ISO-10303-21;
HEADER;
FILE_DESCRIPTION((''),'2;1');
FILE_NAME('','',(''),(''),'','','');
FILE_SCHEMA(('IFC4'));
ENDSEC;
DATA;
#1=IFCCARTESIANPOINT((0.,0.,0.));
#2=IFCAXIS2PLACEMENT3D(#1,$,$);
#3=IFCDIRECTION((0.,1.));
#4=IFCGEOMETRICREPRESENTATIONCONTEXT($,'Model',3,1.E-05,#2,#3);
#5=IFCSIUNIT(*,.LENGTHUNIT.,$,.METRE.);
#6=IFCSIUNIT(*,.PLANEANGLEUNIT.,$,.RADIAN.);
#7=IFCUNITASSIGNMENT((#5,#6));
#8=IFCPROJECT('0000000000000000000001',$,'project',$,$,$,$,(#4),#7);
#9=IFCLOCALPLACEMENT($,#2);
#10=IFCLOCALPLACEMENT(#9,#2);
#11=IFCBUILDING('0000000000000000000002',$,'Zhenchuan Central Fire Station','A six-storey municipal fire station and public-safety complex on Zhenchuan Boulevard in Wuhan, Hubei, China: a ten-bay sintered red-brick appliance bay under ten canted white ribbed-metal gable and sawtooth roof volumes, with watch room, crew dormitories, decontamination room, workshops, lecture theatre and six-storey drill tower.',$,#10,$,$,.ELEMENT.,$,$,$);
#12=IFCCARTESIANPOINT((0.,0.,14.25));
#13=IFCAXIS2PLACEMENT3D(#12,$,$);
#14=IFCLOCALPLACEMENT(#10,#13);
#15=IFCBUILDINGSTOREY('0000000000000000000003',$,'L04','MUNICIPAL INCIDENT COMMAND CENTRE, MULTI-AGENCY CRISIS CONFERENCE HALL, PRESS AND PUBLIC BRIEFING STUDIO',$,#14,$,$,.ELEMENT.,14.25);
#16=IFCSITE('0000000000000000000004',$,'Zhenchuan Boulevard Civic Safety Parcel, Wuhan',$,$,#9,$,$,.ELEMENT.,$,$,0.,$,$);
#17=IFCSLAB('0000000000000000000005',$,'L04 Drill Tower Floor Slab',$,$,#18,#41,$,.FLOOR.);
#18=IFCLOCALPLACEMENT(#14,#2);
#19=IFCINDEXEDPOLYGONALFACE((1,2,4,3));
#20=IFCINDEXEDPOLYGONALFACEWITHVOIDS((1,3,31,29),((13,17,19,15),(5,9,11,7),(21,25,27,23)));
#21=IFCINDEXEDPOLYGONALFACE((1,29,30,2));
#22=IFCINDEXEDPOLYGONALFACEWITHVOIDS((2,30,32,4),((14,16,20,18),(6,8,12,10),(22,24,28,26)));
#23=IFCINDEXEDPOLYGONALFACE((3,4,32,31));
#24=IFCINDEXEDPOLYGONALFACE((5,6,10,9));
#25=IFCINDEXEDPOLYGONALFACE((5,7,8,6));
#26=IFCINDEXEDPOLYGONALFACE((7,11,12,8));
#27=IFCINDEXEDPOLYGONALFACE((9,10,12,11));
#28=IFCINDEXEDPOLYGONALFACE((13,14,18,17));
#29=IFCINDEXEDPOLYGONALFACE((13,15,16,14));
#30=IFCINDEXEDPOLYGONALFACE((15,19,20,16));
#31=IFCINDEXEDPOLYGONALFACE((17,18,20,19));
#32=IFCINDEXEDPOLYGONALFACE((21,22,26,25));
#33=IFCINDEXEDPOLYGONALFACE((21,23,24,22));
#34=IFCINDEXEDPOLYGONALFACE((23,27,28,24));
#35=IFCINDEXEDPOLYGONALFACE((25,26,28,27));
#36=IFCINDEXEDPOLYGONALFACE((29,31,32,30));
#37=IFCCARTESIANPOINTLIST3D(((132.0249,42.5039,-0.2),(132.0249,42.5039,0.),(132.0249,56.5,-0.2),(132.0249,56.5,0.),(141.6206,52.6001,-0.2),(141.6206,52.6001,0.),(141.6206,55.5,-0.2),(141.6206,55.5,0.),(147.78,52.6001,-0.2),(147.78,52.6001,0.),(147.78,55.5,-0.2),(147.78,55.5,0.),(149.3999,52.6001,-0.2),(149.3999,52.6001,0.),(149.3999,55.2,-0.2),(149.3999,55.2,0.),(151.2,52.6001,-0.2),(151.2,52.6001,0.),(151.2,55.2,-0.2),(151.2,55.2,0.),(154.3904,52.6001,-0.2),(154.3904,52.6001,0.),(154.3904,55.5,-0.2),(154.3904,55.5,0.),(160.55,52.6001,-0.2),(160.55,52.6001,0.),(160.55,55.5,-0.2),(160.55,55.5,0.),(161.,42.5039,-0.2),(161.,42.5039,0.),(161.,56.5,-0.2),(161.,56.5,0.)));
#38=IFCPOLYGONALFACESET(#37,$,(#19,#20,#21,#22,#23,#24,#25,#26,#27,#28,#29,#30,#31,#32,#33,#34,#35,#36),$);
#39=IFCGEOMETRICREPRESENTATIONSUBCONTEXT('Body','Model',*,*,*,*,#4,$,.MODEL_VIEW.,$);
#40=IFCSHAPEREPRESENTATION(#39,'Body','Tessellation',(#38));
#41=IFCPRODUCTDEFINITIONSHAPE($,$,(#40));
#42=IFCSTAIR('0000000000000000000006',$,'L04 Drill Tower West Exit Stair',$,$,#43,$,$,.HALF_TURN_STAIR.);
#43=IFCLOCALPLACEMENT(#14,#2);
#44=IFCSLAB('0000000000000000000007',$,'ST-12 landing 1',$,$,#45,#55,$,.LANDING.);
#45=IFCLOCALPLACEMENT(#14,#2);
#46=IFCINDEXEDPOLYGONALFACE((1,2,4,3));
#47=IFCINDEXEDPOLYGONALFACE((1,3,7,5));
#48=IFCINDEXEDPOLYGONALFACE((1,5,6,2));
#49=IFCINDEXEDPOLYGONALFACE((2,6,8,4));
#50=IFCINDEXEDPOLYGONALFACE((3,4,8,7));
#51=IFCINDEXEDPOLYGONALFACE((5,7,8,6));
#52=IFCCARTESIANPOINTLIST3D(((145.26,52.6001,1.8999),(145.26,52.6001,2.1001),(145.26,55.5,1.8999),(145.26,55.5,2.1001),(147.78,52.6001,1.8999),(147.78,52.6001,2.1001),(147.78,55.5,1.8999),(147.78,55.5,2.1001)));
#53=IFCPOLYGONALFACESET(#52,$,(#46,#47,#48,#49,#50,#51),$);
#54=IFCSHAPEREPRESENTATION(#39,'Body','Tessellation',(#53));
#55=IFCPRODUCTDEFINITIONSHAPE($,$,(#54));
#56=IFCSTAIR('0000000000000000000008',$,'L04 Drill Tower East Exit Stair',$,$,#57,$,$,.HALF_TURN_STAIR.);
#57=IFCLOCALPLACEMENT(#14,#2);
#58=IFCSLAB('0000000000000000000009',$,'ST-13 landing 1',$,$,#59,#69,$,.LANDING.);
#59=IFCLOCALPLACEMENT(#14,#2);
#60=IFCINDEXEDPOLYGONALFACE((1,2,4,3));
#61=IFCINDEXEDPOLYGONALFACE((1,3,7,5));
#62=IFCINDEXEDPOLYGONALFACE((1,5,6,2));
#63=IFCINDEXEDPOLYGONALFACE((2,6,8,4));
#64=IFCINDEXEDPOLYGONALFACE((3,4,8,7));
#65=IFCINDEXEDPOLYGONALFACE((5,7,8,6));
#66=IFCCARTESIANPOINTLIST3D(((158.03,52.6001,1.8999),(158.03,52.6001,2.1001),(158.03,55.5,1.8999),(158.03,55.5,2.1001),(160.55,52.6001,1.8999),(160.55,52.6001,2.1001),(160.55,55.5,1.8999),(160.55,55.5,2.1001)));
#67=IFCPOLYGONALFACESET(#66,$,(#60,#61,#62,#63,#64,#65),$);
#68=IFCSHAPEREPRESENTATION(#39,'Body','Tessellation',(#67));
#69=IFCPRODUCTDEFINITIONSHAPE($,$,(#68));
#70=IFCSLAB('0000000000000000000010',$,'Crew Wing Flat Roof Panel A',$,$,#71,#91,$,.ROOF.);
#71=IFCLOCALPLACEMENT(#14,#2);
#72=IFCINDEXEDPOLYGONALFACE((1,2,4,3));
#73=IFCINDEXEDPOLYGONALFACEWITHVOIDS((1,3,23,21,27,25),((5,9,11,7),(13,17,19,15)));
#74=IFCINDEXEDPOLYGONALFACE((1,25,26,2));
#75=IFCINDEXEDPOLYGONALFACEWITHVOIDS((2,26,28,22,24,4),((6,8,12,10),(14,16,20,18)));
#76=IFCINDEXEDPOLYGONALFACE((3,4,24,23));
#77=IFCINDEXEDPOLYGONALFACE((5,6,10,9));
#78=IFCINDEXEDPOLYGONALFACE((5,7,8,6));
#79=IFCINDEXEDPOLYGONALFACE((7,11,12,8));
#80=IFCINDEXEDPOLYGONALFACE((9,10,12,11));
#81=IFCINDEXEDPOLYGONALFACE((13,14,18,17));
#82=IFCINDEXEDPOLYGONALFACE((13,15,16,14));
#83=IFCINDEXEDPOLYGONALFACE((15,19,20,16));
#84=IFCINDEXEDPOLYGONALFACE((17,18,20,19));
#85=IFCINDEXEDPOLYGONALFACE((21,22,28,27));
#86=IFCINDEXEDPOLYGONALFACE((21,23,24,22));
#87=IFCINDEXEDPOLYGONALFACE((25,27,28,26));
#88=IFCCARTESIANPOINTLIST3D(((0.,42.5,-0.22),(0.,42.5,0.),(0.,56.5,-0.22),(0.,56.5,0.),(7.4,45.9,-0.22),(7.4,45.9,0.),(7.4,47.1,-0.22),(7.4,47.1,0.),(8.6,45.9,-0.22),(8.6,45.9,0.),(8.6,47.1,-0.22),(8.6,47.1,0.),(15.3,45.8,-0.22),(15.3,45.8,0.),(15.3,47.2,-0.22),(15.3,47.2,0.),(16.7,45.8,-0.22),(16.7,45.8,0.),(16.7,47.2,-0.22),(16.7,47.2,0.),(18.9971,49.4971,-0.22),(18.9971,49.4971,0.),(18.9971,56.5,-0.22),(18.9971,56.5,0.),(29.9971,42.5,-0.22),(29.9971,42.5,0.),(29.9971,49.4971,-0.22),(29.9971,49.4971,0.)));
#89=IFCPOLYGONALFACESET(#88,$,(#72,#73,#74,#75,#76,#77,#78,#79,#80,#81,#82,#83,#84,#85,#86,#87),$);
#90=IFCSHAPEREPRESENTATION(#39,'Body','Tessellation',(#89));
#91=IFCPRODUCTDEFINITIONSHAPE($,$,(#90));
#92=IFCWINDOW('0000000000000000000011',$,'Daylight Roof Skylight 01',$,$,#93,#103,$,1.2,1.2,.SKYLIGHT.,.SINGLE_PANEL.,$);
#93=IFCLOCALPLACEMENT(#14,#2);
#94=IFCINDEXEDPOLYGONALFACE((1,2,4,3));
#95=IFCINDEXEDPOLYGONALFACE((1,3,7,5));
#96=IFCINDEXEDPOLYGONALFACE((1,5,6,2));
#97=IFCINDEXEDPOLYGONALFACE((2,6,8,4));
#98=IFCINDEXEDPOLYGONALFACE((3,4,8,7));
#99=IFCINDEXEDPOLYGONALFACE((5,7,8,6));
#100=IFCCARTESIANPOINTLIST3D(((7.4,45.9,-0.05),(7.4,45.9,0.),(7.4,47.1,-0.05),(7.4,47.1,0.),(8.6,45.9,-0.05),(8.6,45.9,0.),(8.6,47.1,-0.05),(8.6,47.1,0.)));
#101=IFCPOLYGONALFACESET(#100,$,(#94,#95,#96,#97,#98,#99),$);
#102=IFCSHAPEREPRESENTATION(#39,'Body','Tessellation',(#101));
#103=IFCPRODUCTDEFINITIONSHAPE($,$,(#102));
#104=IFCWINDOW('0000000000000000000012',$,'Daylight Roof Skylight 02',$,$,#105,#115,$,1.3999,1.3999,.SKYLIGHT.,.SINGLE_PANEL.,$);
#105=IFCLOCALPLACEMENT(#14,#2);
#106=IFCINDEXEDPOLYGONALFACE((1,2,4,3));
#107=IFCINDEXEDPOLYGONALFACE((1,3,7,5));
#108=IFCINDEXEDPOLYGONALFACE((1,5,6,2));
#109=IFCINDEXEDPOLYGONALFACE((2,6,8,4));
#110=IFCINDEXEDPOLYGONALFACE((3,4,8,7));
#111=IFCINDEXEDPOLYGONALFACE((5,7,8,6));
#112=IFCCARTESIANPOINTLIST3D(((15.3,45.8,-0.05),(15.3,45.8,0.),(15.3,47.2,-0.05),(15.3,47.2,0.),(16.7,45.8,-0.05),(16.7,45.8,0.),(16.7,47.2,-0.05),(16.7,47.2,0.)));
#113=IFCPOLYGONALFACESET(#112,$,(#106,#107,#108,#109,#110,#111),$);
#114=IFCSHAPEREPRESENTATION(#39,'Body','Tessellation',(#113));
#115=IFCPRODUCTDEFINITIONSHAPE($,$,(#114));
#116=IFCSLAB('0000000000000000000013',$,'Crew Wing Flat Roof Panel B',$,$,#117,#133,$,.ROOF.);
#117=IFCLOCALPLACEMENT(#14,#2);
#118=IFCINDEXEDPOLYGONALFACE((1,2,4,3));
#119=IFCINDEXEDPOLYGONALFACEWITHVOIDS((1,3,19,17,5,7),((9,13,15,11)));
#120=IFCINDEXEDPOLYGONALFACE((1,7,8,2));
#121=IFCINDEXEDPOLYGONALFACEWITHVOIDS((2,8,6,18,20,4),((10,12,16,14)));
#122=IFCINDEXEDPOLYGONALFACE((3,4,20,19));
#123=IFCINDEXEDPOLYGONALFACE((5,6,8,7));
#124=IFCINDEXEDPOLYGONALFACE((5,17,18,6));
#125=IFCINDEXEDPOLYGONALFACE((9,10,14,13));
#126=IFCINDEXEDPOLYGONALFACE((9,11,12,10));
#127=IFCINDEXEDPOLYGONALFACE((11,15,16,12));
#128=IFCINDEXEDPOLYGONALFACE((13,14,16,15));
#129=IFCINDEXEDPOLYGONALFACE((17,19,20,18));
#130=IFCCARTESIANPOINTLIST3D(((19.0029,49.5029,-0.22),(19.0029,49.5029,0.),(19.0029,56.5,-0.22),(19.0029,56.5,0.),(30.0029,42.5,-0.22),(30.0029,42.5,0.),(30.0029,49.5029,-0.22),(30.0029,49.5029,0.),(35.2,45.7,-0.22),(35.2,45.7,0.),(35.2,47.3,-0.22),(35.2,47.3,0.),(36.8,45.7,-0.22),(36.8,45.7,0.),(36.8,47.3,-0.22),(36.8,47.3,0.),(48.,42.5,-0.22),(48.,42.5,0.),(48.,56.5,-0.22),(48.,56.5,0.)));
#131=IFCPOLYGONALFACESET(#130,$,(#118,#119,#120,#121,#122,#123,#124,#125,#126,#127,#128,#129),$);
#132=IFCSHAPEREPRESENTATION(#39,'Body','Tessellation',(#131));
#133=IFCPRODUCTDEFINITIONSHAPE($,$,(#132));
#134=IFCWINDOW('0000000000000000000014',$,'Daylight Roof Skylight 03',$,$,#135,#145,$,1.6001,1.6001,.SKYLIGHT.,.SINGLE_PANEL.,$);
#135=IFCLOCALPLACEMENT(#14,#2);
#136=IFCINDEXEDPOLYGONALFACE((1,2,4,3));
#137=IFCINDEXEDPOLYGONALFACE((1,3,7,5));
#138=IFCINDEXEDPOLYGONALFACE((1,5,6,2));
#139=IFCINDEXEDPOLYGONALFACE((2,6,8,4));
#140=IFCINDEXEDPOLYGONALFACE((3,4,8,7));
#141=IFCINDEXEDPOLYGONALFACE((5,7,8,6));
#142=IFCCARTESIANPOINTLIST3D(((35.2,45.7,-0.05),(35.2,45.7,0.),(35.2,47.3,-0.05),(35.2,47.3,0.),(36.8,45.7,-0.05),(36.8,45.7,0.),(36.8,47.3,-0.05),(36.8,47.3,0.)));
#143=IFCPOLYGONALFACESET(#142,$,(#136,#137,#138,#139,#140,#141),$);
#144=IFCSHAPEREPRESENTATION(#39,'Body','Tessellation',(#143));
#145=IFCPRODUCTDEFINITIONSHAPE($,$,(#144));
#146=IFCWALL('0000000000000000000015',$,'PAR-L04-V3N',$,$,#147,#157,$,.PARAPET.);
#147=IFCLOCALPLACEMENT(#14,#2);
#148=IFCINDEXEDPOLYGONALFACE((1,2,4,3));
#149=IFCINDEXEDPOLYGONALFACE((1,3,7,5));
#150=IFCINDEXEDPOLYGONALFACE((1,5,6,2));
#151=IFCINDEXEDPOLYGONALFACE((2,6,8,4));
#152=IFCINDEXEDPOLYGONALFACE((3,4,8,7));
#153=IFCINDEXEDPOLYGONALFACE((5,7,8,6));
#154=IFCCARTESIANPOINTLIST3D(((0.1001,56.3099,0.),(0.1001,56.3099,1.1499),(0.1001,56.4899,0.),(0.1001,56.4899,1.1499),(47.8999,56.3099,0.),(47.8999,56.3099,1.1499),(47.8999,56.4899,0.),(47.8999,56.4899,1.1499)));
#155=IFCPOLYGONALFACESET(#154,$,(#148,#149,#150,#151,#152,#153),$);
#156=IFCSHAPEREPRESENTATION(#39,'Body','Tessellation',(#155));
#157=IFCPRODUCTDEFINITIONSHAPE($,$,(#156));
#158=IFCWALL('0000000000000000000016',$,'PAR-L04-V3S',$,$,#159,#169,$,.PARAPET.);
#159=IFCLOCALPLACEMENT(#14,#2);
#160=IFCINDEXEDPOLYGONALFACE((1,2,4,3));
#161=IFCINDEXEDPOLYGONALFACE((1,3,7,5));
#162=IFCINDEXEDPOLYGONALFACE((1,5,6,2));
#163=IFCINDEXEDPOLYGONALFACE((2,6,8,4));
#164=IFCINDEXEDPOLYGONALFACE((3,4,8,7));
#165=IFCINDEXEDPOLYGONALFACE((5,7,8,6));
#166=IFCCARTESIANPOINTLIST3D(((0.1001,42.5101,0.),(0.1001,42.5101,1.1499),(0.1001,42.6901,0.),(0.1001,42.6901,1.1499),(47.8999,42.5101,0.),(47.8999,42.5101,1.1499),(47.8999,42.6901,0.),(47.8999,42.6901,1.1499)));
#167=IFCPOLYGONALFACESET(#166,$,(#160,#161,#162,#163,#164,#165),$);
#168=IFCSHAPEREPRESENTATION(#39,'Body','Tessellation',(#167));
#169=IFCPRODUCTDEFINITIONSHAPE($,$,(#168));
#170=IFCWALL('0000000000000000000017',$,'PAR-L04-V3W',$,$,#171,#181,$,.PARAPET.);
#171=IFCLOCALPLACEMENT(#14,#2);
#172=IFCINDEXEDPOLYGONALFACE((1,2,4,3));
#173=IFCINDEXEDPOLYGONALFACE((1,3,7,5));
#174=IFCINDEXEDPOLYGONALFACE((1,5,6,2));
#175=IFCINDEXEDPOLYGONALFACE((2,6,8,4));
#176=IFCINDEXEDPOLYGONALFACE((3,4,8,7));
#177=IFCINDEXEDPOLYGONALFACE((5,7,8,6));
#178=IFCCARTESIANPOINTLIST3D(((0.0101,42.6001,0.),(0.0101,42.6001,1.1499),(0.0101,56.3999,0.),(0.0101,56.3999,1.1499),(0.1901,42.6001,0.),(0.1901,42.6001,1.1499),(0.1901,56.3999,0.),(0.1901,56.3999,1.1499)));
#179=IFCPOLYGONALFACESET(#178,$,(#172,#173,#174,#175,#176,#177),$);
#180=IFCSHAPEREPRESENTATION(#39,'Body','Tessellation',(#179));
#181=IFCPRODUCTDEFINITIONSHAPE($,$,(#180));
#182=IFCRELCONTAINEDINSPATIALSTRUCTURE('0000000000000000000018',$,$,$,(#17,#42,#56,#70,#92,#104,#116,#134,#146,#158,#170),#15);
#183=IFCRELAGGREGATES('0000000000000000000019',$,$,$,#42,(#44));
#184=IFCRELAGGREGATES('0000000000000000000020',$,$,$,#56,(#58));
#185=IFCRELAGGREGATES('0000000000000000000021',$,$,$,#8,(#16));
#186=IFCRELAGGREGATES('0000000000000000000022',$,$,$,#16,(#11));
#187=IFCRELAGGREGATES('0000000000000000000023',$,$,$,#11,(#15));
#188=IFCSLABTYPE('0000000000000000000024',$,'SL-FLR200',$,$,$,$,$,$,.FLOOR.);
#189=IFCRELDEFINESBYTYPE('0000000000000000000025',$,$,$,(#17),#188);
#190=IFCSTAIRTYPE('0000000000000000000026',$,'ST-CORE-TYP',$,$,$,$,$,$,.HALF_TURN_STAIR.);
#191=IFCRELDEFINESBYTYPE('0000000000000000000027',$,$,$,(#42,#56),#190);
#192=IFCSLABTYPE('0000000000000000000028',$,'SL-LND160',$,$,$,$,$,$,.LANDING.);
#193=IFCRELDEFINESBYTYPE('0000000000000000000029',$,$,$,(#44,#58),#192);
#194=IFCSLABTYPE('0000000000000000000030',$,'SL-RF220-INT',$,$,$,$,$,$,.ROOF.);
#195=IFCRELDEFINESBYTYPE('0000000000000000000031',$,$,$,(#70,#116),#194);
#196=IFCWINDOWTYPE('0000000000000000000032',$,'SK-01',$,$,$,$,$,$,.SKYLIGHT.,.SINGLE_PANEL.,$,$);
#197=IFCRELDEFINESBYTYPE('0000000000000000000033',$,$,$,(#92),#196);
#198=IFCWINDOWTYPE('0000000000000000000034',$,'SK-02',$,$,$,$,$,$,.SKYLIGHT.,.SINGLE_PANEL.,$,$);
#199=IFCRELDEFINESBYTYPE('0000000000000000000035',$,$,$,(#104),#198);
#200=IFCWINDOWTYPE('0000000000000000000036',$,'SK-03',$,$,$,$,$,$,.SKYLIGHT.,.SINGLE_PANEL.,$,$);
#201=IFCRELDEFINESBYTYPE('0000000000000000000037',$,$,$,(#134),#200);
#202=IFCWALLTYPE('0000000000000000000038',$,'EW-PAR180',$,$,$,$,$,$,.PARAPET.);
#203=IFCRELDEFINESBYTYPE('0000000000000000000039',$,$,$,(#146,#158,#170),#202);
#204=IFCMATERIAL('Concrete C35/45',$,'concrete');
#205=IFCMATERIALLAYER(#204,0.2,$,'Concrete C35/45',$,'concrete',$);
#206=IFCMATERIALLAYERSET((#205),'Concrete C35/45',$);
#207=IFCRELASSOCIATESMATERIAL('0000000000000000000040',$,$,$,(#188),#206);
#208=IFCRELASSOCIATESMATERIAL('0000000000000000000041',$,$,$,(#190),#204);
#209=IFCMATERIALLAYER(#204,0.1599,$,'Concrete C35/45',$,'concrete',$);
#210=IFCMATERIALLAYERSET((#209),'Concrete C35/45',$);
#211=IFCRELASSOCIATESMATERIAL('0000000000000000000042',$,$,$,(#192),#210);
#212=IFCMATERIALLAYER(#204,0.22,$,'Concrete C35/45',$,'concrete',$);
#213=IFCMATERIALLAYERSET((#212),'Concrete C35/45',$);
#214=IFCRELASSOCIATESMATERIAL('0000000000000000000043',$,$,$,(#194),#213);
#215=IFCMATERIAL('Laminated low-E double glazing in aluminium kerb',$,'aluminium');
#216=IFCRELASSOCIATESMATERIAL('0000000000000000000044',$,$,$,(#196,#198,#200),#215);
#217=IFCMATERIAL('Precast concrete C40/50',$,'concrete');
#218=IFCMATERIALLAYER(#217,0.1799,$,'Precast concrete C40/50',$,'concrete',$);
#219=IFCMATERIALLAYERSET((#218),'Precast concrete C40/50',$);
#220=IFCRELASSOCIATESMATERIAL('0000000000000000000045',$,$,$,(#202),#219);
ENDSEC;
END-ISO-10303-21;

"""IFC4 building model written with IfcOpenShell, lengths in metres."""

from ifc_helpers import new_model, si_unit, direction, frame, frame_2d, origin, origin_2d, place, context, subcontext, project, spatial, polyline, rectangle, outline, extrude, material, layer, layer_set, type_object, element, fill, aggregate, save


model = new_model("IFC4")

# Units and contexts
model_context = context("Model", 3, precision=1e-05, world=origin(), true_north=direction((0.0, 1.0)))
body_context = subcontext(model_context, "Body", "Model", "MODEL_VIEW")
ifc_project = project(units=[si_unit("LENGTHUNIT", "METRE"), si_unit("PLANEANGLEUNIT", "RADIAN")], contexts=[model_context])

# Site, building, storey
site_placement = place(None, origin())
site = spatial("IfcSite", under=ifc_project, at=site_placement, Name="Zhenchuan Boulevard Civic Safety Parcel, Wuhan", CompositionType="ELEMENT", RefElevation=0.0)
building_placement = place(site_placement, origin())
building = spatial("IfcBuilding", under=site, at=building_placement, Name="Zhenchuan Central Fire Station", Description="A six-storey municipal fire station and public-safety complex on Zhenchuan Boulevard in Wuhan, Hubei, China: a ten-bay sintered red-brick appliance bay under ten canted white ribbed-metal gable and sawtooth roof volumes, with watch room, crew dormitories, decontamination room, workshops, lecture theatre and six-storey drill tower.", CompositionType="ELEMENT")
storey_placement = place(building_placement, frame((0.0, 0.0, 14.25)))
storey = spatial("IfcBuildingStorey", under=building, at=storey_placement, Name="L04", Description="MUNICIPAL INCIDENT COMMAND CENTRE, MULTI-AGENCY CRISIS CONFERENCE HALL, PRESS AND PUBLIC BRIEFING STUDIO", CompositionType="ELEMENT", Elevation=14.25)

# Slab
ifc_material_1 = material(Name="Concrete C35/45", Category="concrete")
ifc_layer_1 = layer(ifc_material_1, 0.2, Name="Concrete C35/45", Category="concrete")
ifc_layer_set_1 = layer_set([ifc_layer_1], Name="Concrete C35/45")
slab_type_1 = type_object("IfcSlabType", Name="SL-FLR200", PredefinedType="FLOOR", material=ifc_layer_set_1)
slab_1_placement = place(storey_placement, frame((0.0, 0.0, -0.2)))
element("IfcSlab", 1, at=slab_1_placement, inside=storey, type_object=slab_type_1, Name="L04 Drill Tower Floor Slab", PredefinedType="FLOOR", context=body_context, shape_type="SweptSolid", body=[
    extrude(outline(polyline([(132.0249, 42.5039), (161.0, 42.5039), (161.0, 56.5), (132.0249, 56.5), (132.0249, 42.5039)]), holes=[polyline([(141.6206, 52.6001), (147.78, 52.6001), (147.78, 55.5), (141.6206, 55.5), (141.6206, 52.6001)]), polyline([(154.3904, 52.6001), (160.55, 52.6001), (160.55, 55.5), (154.3904, 55.5), (154.3904, 52.6001)]), polyline([(149.3999, 52.6001), (151.2, 52.6001), (151.2, 55.2), (149.3999, 55.2), (149.3999, 52.6001)])]), origin(), (0.0, 0.0, 1.0), 0.2),
])

# Stairs, slabs
stair_type = type_object("IfcStairType", Name="ST-CORE-TYP", PredefinedType="HALF_TURN_STAIR", material=ifc_material_1)
stair_1_placement = place(storey_placement, origin())
stair_1 = element("IfcStair", 2, at=stair_1_placement, inside=storey, type_object=stair_type, Name="L04 Drill Tower West Exit Stair", PredefinedType="HALF_TURN_STAIR")
ifc_layer_2 = layer(ifc_material_1, 0.1599, Name="Concrete C35/45", Category="concrete")
ifc_layer_set_2 = layer_set([ifc_layer_2], Name="Concrete C35/45")
slab_type_2 = type_object("IfcSlabType", Name="SL-LND160", PredefinedType="LANDING", material=ifc_layer_set_2)
slab_2_placement = place(storey_placement, frame((0.0, 0.0, 1.8999)))
slab_2 = element("IfcSlab", 3, at=slab_2_placement, type_object=slab_type_2, Name="ST-12 landing 1", PredefinedType="LANDING", context=body_context, shape_type="SweptSolid", body=[
    extrude(outline(polyline([(145.26, 52.6001), (147.78, 52.6001), (147.78, 55.5), (145.26, 55.5), (145.26, 52.6001)])), origin(), (0.0, 0.0, 1.0), 0.2002),
])
aggregate(stair_1, [slab_2])
stair_2_placement = place(storey_placement, origin())
stair_2 = element("IfcStair", 4, at=stair_2_placement, inside=storey, type_object=stair_type, Name="L04 Drill Tower East Exit Stair", PredefinedType="HALF_TURN_STAIR")
slab_3_placement = place(storey_placement, frame((0.0, 0.0, 1.8999)))
slab_3 = element("IfcSlab", 5, at=slab_3_placement, type_object=slab_type_2, Name="ST-13 landing 1", PredefinedType="LANDING", context=body_context, shape_type="SweptSolid", body=[
    extrude(outline(polyline([(158.03, 52.6001), (160.55, 52.6001), (160.55, 55.5), (158.03, 55.5), (158.03, 52.6001)])), origin(), (0.0, 0.0, 1.0), 0.2002),
])
aggregate(stair_2, [slab_3])

# Slab, openings, windows
ifc_layer_3 = layer(ifc_material_1, 0.22, Name="Concrete C35/45", Category="concrete")
ifc_layer_set_3 = layer_set([ifc_layer_3], Name="Concrete C35/45")
slab_type_3 = type_object("IfcSlabType", Name="SL-RF220-INT", PredefinedType="ROOF", material=ifc_layer_set_3)
slab_4_placement = place(storey_placement, frame((0.0, 0.0, -0.22)))
slab_4 = element("IfcSlab", 6, at=slab_4_placement, inside=storey, type_object=slab_type_3, Name="Crew Wing Flat Roof Panel A", PredefinedType="ROOF", context=body_context, shape_type="SweptSolid", body=[
    extrude(outline(polyline([(0.0, 42.5), (29.9971, 42.5), (29.9971, 49.4971), (18.9971, 49.4971), (18.9971, 56.5), (0.0, 56.5), (0.0, 42.5)])), origin(), (0.0, 0.0, 1.0), 0.22),
])
opening_1_placement = place(slab_4_placement, frame((8.0, 46.5, -0.01)))
opening_1 = element("IfcOpeningElement", 7, at=opening_1_placement, cuts=slab_4, PredefinedType="OPENING", context=body_context, shape_type="SweptSolid", body=[
    extrude(rectangle(XDim=1.2, YDim=1.2, at=origin_2d()), origin(), (0.0, 0.0, 1.0), 0.24),
])
opening_2_placement = place(slab_4_placement, frame((16.0, 46.5, -0.01)))
opening_2 = element("IfcOpeningElement", 8, at=opening_2_placement, cuts=slab_4, PredefinedType="OPENING", context=body_context, shape_type="SweptSolid", body=[
    extrude(rectangle(XDim=1.3999, YDim=1.3999, at=origin_2d()), origin(), (0.0, 0.0, 1.0), 0.24),
])
ifc_material_2 = material(Name="Laminated low-E double glazing in aluminium kerb", Category="aluminium")
window_type_1 = type_object("IfcWindowType", Name="SK-01", PartitioningType="SINGLE_PANEL", PredefinedType="SKYLIGHT", material=ifc_material_2)
window_1_placement = place(opening_1_placement, frame((0.0, 0.0, 0.1799)))
window_1 = element("IfcWindow", 9, at=window_1_placement, inside=storey, type_object=window_type_1, Name="Daylight Roof Skylight 01", OverallHeight=1.2, OverallWidth=1.2, PartitioningType="SINGLE_PANEL", PredefinedType="SKYLIGHT", context=body_context, shape_type="SweptSolid", body=[
    extrude(rectangle(XDim=1.2, YDim=1.2, at=origin_2d()), origin(), (0.0, 0.0, 1.0), 0.05),
])
fill(opening_1, window_1)
window_type_2 = type_object("IfcWindowType", Name="SK-02", PartitioningType="SINGLE_PANEL", PredefinedType="SKYLIGHT", material=ifc_material_2)
window_2_placement = place(opening_2_placement, frame((0.0, 0.0, 0.1799)))
window_2 = element("IfcWindow", 10, at=window_2_placement, inside=storey, type_object=window_type_2, Name="Daylight Roof Skylight 02", OverallHeight=1.3999, OverallWidth=1.3999, PartitioningType="SINGLE_PANEL", PredefinedType="SKYLIGHT", context=body_context, shape_type="SweptSolid", body=[
    extrude(rectangle(XDim=1.3999, YDim=1.3999, at=origin_2d()), origin(), (0.0, 0.0, 1.0), 0.05),
])
fill(opening_2, window_2)

# Slab, opening, window
slab_5_placement = place(storey_placement, frame((0.0, 0.0, -0.22)))
slab_5 = element("IfcSlab", 11, at=slab_5_placement, inside=storey, type_object=slab_type_3, Name="Crew Wing Flat Roof Panel B", PredefinedType="ROOF", context=body_context, shape_type="SweptSolid", body=[
    extrude(outline(polyline([(30.0029, 42.5), (48.0, 42.5), (48.0, 56.5), (19.0029, 56.5), (19.0029, 49.5029), (30.0029, 49.5029), (30.0029, 42.5)])), origin(), (0.0, 0.0, 1.0), 0.22),
])
opening_3_placement = place(slab_5_placement, frame((36.0, 46.5, -0.01)))
opening_3 = element("IfcOpeningElement", 12, at=opening_3_placement, cuts=slab_5, PredefinedType="OPENING", context=body_context, shape_type="SweptSolid", body=[
    extrude(rectangle(XDim=1.6001, YDim=1.6001, at=origin_2d()), origin(), (0.0, 0.0, 1.0), 0.24),
])
window_type_3 = type_object("IfcWindowType", Name="SK-03", PartitioningType="SINGLE_PANEL", PredefinedType="SKYLIGHT", material=ifc_material_2)
window_3_placement = place(opening_3_placement, frame((0.0, 0.0, 0.1799)))
window_3 = element("IfcWindow", 13, at=window_3_placement, inside=storey, type_object=window_type_3, Name="Daylight Roof Skylight 03", OverallHeight=1.6001, OverallWidth=1.6001, PartitioningType="SINGLE_PANEL", PredefinedType="SKYLIGHT", context=body_context, shape_type="SweptSolid", body=[
    extrude(rectangle(XDim=1.6001, YDim=1.6001, at=origin_2d()), origin(), (0.0, 0.0, 1.0), 0.05),
])
fill(opening_3, window_3)

# Walls
ifc_material_3 = material(Name="Precast concrete C40/50", Category="concrete")
ifc_layer_4 = layer(ifc_material_3, 0.1799, Name="Precast concrete C40/50", Category="concrete")
ifc_layer_set_4 = layer_set([ifc_layer_4], Name="Precast concrete C40/50")
wall_type = type_object("IfcWallType", Name="EW-PAR180", PredefinedType="PARAPET", material=ifc_layer_set_4)
for number, where, z_axis, x_axis, name in (
    (14, (0.1001, 56.3999, 0.0), (0.0, 0.0, 1.0), (1.0, 0.0, 0.0), "PAR-L04-V3N"),
    (15, (0.1001, 42.6001, 0.0), (0.0, 0.0, 1.0), (1.0, 0.0, 0.0), "PAR-L04-V3S"),
):
    element("IfcWall", number, at=place(storey_placement, frame(where, z_axis=z_axis, x_axis=x_axis)), inside=storey, type_object=wall_type, Name=name, PredefinedType="PARAPET", context=body_context, shape_type="SweptSolid", body=[
        extrude(rectangle(XDim=47.7998, YDim=0.1799, at=frame_2d((23.8999, 0.0))), origin(), (0.0, 0.0, 1.0), 1.1499),
    ])
wall_placement = place(storey_placement, frame((0.1001, 42.6001, 0.0), z_axis=(0.0, 0.0, 1.0), x_axis=(0.0, 1.0, 0.0)))
element("IfcWall", 16, at=wall_placement, inside=storey, type_object=wall_type, Name="PAR-L04-V3W", PredefinedType="PARAPET", context=body_context, shape_type="SweptSolid", body=[
    extrude(rectangle(XDim=13.7998, YDim=0.1799, at=frame_2d((6.8999, 0.0))), origin(), (0.0, 0.0, 1.0), 1.1499),
])

save(model, "model.ifc")
